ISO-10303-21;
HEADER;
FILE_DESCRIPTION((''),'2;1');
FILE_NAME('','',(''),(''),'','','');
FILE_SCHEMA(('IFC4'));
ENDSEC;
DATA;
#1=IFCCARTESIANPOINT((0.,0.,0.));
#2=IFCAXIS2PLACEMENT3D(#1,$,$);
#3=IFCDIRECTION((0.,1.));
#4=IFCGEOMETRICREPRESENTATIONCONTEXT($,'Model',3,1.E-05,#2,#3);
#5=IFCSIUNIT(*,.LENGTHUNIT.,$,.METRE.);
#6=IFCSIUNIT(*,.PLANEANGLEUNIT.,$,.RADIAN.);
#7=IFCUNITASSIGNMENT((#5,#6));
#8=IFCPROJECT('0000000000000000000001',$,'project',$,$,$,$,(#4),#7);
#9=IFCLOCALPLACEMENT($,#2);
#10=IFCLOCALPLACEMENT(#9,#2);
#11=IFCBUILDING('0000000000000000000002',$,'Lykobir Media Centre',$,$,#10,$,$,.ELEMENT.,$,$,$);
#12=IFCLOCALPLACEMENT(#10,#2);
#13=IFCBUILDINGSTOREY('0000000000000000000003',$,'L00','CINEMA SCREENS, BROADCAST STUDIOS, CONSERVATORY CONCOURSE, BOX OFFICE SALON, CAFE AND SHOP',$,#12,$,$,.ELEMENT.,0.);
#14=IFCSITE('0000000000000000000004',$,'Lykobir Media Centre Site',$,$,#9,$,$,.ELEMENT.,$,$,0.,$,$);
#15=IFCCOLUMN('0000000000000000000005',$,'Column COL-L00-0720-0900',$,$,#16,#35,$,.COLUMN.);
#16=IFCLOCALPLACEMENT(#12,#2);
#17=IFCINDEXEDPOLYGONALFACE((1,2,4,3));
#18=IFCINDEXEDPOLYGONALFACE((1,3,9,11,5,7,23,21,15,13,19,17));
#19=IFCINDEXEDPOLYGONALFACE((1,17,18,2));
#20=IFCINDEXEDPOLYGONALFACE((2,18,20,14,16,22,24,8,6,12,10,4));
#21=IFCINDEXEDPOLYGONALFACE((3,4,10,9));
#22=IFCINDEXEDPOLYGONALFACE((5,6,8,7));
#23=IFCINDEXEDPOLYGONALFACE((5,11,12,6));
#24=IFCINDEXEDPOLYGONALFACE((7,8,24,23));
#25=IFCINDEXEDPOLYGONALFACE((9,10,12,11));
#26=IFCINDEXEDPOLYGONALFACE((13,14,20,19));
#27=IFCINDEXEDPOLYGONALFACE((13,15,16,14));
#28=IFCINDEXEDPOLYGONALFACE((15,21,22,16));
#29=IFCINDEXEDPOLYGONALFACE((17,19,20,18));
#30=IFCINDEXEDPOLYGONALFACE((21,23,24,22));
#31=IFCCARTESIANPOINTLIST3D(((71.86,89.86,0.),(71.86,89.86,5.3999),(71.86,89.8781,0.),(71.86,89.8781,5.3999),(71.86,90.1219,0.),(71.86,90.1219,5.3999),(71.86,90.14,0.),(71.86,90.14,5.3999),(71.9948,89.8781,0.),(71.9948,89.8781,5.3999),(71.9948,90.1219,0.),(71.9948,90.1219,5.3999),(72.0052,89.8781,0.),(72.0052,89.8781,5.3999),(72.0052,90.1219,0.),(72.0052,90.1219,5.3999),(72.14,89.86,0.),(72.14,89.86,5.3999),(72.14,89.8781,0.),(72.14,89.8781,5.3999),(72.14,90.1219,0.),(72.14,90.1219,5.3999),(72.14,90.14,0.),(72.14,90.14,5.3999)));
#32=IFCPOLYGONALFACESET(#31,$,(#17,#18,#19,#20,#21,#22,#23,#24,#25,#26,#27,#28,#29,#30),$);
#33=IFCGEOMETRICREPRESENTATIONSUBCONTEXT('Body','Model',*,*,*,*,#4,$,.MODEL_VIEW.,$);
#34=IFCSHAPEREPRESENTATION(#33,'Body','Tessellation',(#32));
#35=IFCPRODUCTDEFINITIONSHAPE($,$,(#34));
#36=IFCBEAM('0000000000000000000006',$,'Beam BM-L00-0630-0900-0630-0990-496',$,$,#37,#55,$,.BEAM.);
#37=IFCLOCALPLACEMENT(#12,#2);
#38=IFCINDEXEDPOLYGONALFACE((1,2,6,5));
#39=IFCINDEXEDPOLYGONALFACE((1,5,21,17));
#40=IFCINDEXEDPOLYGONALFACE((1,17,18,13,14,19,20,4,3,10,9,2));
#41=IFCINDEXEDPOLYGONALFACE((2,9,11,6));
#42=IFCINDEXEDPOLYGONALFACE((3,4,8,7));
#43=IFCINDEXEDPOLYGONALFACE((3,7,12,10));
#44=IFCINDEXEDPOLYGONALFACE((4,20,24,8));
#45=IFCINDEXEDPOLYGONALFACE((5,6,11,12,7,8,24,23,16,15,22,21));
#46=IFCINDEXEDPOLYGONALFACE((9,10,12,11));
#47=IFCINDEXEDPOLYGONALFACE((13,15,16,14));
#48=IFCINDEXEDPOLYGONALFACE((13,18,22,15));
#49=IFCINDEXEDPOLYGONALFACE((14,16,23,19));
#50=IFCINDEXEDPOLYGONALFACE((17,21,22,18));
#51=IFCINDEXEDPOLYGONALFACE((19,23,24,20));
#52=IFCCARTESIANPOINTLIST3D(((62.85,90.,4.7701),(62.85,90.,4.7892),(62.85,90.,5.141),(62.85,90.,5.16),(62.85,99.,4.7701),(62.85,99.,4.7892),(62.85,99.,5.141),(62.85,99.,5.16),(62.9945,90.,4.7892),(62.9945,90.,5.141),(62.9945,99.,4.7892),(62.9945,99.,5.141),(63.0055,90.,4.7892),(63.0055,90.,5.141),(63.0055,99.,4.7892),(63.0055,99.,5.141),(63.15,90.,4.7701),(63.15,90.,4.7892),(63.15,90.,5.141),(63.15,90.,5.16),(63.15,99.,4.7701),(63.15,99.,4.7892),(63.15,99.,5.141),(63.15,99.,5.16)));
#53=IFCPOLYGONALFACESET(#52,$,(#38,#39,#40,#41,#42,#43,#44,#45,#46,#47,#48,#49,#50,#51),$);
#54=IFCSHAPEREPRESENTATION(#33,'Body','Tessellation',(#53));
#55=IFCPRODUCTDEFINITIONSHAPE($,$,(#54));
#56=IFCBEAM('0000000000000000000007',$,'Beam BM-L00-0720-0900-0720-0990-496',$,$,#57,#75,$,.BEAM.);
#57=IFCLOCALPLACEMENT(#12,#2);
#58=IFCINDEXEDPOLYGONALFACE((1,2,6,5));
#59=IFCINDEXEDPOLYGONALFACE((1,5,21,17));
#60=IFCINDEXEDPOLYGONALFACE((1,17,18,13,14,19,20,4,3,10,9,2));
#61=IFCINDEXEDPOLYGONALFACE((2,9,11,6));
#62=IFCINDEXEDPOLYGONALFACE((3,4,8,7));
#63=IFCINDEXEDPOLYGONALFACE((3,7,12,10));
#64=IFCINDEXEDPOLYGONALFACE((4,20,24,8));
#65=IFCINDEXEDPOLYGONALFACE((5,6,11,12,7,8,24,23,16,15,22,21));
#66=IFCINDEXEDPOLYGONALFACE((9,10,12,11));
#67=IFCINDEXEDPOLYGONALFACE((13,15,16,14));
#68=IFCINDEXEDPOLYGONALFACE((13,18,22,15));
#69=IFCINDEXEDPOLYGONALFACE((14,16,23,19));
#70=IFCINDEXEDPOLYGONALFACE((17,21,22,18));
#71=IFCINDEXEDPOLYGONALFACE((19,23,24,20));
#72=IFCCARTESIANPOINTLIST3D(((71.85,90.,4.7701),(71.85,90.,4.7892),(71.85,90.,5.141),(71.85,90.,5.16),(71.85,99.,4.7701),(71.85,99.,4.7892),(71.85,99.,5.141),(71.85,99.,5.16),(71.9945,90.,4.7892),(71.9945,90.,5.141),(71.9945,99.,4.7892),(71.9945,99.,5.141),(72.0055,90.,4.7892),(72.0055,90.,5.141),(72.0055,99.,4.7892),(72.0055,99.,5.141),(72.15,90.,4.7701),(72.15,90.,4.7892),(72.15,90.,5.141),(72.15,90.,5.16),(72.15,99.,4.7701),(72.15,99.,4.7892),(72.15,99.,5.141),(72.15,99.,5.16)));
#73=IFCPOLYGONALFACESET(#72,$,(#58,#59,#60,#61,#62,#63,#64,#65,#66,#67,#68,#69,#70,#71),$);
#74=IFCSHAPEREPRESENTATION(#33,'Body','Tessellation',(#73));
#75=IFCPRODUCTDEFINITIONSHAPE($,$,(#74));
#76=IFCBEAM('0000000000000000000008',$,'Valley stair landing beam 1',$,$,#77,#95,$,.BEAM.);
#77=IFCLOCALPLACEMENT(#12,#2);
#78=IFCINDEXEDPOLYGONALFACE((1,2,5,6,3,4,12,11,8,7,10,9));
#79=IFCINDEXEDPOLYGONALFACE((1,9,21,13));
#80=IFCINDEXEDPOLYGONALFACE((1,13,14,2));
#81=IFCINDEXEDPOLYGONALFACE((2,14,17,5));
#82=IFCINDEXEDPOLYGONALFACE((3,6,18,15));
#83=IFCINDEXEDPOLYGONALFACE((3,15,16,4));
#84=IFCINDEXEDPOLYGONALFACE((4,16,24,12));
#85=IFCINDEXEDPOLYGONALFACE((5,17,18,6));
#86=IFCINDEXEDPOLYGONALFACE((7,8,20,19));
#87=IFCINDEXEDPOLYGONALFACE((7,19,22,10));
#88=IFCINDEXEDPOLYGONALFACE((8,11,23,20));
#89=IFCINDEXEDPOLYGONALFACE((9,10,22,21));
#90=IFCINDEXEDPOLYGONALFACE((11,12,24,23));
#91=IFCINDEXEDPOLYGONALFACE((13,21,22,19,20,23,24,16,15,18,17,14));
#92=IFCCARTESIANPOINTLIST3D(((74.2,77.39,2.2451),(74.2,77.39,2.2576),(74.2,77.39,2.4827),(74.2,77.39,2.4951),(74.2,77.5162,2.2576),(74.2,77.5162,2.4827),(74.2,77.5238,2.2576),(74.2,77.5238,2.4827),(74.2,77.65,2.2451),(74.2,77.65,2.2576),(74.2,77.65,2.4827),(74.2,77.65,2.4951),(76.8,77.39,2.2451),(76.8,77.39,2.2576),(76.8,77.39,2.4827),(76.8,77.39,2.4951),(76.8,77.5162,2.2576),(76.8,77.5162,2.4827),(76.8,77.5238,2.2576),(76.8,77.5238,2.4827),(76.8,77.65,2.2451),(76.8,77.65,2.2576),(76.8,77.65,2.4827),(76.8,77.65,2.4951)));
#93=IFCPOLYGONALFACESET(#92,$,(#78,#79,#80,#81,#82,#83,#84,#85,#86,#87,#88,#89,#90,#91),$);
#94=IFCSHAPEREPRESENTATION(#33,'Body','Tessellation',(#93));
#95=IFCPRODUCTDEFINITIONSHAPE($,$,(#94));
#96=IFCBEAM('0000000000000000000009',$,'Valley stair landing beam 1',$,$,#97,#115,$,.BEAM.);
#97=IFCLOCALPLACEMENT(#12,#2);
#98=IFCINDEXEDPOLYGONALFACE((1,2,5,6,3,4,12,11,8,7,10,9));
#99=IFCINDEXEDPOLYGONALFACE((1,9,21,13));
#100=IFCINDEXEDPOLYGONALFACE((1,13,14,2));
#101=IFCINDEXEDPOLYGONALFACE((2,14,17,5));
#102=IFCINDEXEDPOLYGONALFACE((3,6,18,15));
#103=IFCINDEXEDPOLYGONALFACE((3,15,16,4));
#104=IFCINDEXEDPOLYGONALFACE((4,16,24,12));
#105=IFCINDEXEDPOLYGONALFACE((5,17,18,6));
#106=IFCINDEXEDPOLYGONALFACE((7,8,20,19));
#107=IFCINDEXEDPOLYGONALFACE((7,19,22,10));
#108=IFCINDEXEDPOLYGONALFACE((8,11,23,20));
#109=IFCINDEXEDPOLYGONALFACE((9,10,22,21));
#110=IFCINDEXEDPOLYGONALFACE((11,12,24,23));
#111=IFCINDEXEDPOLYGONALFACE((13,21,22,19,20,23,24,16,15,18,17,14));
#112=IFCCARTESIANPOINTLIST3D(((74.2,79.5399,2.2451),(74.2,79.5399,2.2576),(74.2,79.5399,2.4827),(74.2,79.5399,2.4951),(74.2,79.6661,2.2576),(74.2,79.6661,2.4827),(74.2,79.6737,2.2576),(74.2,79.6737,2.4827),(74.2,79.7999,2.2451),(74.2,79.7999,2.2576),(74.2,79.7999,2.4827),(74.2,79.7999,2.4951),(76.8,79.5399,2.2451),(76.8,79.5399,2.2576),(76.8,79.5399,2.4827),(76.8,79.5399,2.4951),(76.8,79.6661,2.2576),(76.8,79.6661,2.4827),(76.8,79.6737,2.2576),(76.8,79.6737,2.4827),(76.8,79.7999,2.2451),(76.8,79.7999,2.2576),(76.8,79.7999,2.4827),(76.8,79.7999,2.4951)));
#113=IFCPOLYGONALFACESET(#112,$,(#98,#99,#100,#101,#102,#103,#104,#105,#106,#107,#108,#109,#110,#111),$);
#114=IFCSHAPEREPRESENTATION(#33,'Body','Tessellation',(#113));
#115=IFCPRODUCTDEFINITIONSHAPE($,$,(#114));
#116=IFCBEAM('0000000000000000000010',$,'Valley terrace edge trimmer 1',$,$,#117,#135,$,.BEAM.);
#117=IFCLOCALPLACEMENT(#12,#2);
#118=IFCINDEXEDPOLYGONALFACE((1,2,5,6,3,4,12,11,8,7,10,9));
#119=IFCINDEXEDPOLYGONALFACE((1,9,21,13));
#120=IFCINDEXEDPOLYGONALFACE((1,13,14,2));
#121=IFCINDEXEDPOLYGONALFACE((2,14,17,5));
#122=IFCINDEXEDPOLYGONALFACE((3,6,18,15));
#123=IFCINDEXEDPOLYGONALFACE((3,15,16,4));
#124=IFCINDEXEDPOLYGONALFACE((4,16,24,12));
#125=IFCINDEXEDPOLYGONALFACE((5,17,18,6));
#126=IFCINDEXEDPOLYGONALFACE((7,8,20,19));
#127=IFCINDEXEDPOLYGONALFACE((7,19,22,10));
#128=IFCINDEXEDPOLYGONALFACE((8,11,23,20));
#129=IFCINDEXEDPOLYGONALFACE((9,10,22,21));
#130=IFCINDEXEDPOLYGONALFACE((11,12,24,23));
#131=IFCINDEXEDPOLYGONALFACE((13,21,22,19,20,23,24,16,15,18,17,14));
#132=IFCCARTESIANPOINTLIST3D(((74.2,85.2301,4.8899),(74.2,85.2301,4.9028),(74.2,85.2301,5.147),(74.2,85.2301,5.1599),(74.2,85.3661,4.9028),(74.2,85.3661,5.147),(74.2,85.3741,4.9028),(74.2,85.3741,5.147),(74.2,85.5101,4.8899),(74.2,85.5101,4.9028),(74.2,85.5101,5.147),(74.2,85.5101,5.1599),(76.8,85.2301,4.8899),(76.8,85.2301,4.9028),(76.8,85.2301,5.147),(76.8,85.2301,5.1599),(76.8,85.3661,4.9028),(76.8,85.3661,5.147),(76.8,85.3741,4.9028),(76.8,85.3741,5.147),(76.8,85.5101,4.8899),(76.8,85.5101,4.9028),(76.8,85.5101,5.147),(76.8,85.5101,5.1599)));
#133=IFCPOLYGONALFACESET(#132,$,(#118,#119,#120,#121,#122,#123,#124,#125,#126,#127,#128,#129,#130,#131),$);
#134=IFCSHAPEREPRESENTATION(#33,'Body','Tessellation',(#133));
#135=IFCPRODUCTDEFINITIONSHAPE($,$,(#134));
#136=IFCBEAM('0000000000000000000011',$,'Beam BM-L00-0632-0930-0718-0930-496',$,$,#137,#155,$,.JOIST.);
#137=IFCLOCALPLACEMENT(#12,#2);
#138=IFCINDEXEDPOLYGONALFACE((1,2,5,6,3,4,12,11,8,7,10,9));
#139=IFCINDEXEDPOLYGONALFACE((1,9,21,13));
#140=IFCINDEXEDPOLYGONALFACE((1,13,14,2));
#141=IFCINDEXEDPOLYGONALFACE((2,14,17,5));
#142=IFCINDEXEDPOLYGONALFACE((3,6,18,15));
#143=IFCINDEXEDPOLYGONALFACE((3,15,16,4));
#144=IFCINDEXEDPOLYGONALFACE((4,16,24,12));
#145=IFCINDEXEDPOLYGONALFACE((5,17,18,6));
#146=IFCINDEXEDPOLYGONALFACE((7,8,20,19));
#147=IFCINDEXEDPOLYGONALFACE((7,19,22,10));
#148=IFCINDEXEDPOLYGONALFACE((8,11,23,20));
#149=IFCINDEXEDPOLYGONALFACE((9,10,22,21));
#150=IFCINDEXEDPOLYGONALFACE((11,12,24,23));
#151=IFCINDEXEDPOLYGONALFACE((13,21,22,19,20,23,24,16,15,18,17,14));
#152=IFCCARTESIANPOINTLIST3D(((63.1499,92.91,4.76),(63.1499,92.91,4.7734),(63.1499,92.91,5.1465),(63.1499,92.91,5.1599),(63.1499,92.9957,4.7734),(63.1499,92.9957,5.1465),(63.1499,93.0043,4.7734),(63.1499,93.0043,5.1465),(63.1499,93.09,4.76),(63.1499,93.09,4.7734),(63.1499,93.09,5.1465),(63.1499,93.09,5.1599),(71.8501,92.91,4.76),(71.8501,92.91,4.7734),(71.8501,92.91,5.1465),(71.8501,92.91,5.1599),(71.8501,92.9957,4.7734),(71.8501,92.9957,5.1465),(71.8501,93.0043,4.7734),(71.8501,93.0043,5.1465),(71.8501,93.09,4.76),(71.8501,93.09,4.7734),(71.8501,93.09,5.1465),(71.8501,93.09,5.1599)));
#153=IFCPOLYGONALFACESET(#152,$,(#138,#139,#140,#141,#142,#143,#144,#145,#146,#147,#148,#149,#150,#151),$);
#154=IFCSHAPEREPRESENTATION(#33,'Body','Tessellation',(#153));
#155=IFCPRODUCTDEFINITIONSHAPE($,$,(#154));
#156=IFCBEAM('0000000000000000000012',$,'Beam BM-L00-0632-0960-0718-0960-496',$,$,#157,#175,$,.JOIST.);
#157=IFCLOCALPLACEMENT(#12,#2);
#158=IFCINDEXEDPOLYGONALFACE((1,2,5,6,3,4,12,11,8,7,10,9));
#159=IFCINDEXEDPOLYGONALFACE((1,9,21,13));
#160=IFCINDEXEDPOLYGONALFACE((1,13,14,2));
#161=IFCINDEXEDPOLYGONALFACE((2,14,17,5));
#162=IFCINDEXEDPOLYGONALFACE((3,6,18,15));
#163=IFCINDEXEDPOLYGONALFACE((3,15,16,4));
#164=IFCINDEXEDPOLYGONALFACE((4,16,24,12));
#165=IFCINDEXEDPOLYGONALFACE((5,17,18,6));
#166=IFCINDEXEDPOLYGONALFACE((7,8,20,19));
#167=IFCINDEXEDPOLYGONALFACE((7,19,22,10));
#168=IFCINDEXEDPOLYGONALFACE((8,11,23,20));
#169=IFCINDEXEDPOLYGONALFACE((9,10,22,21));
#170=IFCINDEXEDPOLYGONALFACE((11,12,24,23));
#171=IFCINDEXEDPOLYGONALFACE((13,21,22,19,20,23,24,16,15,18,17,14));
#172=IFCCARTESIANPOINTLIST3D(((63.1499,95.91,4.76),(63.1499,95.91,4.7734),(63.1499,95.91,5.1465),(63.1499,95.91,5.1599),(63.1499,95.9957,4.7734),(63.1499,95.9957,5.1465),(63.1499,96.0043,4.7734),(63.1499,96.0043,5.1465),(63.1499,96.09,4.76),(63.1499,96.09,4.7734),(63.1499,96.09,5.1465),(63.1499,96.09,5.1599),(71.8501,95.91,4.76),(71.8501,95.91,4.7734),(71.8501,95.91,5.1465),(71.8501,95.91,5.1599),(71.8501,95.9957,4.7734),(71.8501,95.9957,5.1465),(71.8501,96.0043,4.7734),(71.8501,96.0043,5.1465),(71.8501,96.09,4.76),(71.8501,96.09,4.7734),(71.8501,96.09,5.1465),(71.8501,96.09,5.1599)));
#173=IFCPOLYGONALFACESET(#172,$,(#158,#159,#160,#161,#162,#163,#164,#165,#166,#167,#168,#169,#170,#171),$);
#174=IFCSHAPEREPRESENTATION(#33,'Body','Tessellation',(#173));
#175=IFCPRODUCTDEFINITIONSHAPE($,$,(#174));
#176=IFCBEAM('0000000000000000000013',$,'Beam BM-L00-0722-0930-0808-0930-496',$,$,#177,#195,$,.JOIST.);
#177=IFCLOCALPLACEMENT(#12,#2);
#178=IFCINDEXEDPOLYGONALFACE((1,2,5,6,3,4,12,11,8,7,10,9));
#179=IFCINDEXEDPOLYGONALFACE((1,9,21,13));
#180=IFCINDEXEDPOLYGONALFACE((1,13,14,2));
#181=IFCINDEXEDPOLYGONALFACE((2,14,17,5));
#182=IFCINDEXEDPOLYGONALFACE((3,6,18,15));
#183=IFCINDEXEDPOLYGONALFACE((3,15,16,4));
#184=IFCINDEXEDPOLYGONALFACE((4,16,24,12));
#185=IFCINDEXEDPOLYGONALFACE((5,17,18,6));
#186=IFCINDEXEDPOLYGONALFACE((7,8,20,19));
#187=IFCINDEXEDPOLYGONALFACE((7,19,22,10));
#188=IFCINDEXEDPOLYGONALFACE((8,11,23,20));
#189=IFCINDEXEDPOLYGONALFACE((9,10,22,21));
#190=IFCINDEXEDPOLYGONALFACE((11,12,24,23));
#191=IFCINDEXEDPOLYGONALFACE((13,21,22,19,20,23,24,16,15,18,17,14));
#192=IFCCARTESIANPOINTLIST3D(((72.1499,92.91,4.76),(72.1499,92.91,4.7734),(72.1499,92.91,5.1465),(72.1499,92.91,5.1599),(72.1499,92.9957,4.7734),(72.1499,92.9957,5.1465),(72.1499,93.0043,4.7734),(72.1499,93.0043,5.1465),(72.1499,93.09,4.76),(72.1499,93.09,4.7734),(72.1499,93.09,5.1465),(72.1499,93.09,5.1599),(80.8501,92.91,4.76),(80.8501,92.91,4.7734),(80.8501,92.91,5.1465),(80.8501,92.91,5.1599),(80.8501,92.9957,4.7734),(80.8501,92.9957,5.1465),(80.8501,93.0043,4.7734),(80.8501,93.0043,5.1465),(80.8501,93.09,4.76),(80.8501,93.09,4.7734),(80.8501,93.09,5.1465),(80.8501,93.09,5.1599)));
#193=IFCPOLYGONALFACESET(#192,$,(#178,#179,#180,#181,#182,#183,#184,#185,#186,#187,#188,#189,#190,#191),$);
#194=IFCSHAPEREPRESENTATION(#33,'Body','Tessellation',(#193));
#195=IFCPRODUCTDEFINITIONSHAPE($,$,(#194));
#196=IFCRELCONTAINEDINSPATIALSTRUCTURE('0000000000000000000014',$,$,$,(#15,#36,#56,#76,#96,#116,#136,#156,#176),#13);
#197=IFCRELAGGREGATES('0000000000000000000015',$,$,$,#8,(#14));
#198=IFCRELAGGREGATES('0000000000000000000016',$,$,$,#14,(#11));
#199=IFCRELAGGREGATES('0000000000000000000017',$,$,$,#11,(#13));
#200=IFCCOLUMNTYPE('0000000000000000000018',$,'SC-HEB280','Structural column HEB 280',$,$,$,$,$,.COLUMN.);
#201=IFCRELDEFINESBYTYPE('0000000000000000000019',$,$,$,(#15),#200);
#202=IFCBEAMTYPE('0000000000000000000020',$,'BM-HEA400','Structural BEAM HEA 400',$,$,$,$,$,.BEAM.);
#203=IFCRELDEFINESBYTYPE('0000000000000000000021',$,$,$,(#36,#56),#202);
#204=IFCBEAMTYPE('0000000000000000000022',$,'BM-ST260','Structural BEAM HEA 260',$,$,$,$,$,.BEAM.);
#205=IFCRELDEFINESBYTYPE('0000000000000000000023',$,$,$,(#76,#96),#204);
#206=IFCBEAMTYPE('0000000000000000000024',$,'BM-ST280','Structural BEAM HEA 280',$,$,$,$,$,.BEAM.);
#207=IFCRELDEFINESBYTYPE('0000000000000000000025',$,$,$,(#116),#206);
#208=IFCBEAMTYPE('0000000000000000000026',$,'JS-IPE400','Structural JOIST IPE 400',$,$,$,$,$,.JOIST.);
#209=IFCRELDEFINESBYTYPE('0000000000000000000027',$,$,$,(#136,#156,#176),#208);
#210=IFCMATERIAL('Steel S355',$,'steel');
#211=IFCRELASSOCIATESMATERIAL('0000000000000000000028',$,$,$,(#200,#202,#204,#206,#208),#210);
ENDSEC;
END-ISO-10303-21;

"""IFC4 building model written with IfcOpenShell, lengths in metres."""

from ifc_helpers import new_model, si_unit, direction, frame, origin, origin_2d, place, context, subcontext, project, spatial, i_section, extrude, material, material_profile, profile_set, type_object, element, save


model = new_model("IFC4")

# Units and contexts
model_context = context("Model", 3, precision=1e-05, world=origin(), true_north=direction((0.0, 1.0)))
body_context = subcontext(model_context, "Body", "Model", "MODEL_VIEW")
ifc_project = project(units=[si_unit("LENGTHUNIT", "METRE"), si_unit("PLANEANGLEUNIT", "RADIAN")], contexts=[model_context])

# Site, building, storey
site_placement = place(None, origin())
site = spatial("IfcSite", under=ifc_project, at=site_placement, Name="Lykobir Media Centre Site", CompositionType="ELEMENT", RefElevation=0.0)
building_placement = place(site_placement, origin())
building = spatial("IfcBuilding", under=site, at=building_placement, Name="Lykobir Media Centre", CompositionType="ELEMENT")
storey_placement = place(building_placement, origin())
storey = spatial("IfcBuildingStorey", under=building, at=storey_placement, Name="L00", Description="CINEMA SCREENS, BROADCAST STUDIOS, CONSERVATORY CONCOURSE, BOX OFFICE SALON, CAFE AND SHOP", CompositionType="ELEMENT", Elevation=0.0)

# Column
ifc_material_1 = material(Name="Steel S355", Category="steel")
ifc_material_profile_1 = material_profile(ifc_material_1, i_section(OverallWidth=0.28, OverallDepth=0.28, WebThickness=0.0105, FlangeThickness=0.0181, at=origin_2d()), Name="HEB 280")
ifc_profile_set_1 = profile_set([ifc_material_profile_1], Name="Steel S355")
column_type_1 = type_object("IfcColumnType", Name="SC-HEB280", Description="Structural column HEB 280", PredefinedType="COLUMN", material=ifc_profile_set_1)
column_1_placement = place(storey_placement, frame((72.0, 90.0, 0.0), z_axis=(0.0, 0.0, 1.0), x_axis=(1.0, 0.0, 0.0)))
element("IfcColumn", 1, at=column_1_placement, inside=storey, type_object=column_type_1, Name="Column COL-L00-0720-0900", PredefinedType="COLUMN", context=body_context, shape_type="SweptSolid", body=[
    extrude(i_section(OverallWidth=0.28, OverallDepth=0.28, WebThickness=0.0105, FlangeThickness=0.0181, at=origin_2d()), origin(), (0.0, 0.0, 1.0), 5.3999),
])

# Beams
ifc_material_profile_2 = material_profile(ifc_material_1, i_section(OverallWidth=0.3, OverallDepth=0.3899, WebThickness=0.011, FlangeThickness=0.019, at=origin_2d()), Name="HEA 400")
ifc_profile_set_2 = profile_set([ifc_material_profile_2], Name="Steel S355")
beam_type_1 = type_object("IfcBeamType", Name="BM-HEA400", Description="Structural BEAM HEA 400", PredefinedType="BEAM", material=ifc_profile_set_2)
for number, where, z_axis, x_axis, name in (
    (2, (63.0, 90.0, 4.9651), (0.0, 1.0, 0.0), (-1.0, 0.0, 0.0), "Beam BM-L00-0630-0900-0630-0990-496"),
    (3, (72.0, 90.0, 4.9651), (0.0, 1.0, 0.0), (-1.0, 0.0, 0.0), "Beam BM-L00-0720-0900-0720-0990-496"),
):
    element("IfcBeam", number, at=place(storey_placement, frame(where, z_axis=z_axis, x_axis=x_axis)), inside=storey, type_object=beam_type_1, Name=name, PredefinedType="BEAM", context=body_context, shape_type="SweptSolid", body=[
        extrude(i_section(OverallWidth=0.3, OverallDepth=0.3899, WebThickness=0.011, FlangeThickness=0.019, at=origin_2d()), origin(), (0.0, 0.0, 1.0), 9.0),
    ])
ifc_material_profile_3 = material_profile(ifc_material_1, i_section(OverallWidth=0.26, OverallDepth=0.25, WebThickness=0.0076, FlangeThickness=0.0125, at=origin_2d()), Name="HEA 260")
ifc_profile_set_3 = profile_set([ifc_material_profile_3], Name="Steel S355")
beam_type_2 = type_object("IfcBeamType", Name="BM-ST260", Description="Structural BEAM HEA 260", PredefinedType="BEAM", material=ifc_profile_set_3)
for number, where, z_axis, x_axis, name in (
    (4, (74.2, 77.52, 2.3701), (1.0, 0.0, 0.0), (0.0, 1.0, 0.0), "Valley stair landing beam 1"),
    (5, (74.2, 79.6699, 2.3701), (1.0, 0.0, 0.0), (0.0, 1.0, 0.0), "Valley stair landing beam 1"),
):
    element("IfcBeam", number, at=place(storey_placement, frame(where, z_axis=z_axis, x_axis=x_axis)), inside=storey, type_object=beam_type_2, Name=name, PredefinedType="BEAM", context=body_context, shape_type="SweptSolid", body=[
        extrude(i_section(OverallWidth=0.26, OverallDepth=0.25, WebThickness=0.0076, FlangeThickness=0.0125, at=origin_2d()), origin(), (0.0, 0.0, 1.0), 2.6001),
    ])
ifc_material_profile_4 = material_profile(ifc_material_1, i_section(OverallWidth=0.28, OverallDepth=0.27, WebThickness=0.0081, FlangeThickness=0.0129, at=origin_2d()), Name="HEA 280")
ifc_profile_set_4 = profile_set([ifc_material_profile_4], Name="Steel S355")
beam_type_3 = type_object("IfcBeamType", Name="BM-ST280", Description="Structural BEAM HEA 280", PredefinedType="BEAM", material=ifc_profile_set_4)
beam_1_placement = place(storey_placement, frame((74.2, 85.3701, 5.0249), z_axis=(1.0, 0.0, 0.0), x_axis=(0.0, 1.0, 0.0)))
element("IfcBeam", 6, at=beam_1_placement, inside=storey, type_object=beam_type_3, Name="Valley terrace edge trimmer 1", PredefinedType="BEAM", context=body_context, shape_type="SweptSolid", body=[
    extrude(i_section(OverallWidth=0.28, OverallDepth=0.27, WebThickness=0.0081, FlangeThickness=0.0129, at=origin_2d()), origin(), (0.0, 0.0, 1.0), 2.6001),
])
ifc_material_profile_5 = material_profile(ifc_material_1, i_section(OverallWidth=0.1799, OverallDepth=0.3999, WebThickness=0.0085, FlangeThickness=0.0134, at=origin_2d()), Name="IPE 400")
ifc_profile_set_5 = profile_set([ifc_material_profile_5], Name="Steel S355")
beam_type_4 = type_object("IfcBeamType", Name="JS-IPE400", Description="Structural JOIST IPE 400", PredefinedType="JOIST", material=ifc_profile_set_5)
for number, where, z_axis, x_axis, name in (
    (7, (63.1499, 93.0, 4.96), (1.0, 0.0, 0.0), (0.0, 1.0, 0.0), "Beam BM-L00-0632-0930-0718-0930-496"),
    (8, (63.1499, 96.0, 4.96), (1.0, 0.0, 0.0), (0.0, 1.0, 0.0), "Beam BM-L00-0632-0960-0718-0960-496"),
    (9, (72.1499, 93.0, 4.96), (1.0, 0.0, 0.0), (0.0, 1.0, 0.0), "Beam BM-L00-0722-0930-0808-0930-496"),
):
    element("IfcBeam", number, at=place(storey_placement, frame(where, z_axis=z_axis, x_axis=x_axis)), inside=storey, type_object=beam_type_4, Name=name, PredefinedType="JOIST", context=body_context, shape_type="SweptSolid", body=[
        extrude(i_section(OverallWidth=0.1799, OverallDepth=0.3999, WebThickness=0.0085, FlangeThickness=0.0134, at=origin_2d()), origin(), (0.0, 0.0, 1.0), 8.7002),
    ])

save(model, "model.ifc")
